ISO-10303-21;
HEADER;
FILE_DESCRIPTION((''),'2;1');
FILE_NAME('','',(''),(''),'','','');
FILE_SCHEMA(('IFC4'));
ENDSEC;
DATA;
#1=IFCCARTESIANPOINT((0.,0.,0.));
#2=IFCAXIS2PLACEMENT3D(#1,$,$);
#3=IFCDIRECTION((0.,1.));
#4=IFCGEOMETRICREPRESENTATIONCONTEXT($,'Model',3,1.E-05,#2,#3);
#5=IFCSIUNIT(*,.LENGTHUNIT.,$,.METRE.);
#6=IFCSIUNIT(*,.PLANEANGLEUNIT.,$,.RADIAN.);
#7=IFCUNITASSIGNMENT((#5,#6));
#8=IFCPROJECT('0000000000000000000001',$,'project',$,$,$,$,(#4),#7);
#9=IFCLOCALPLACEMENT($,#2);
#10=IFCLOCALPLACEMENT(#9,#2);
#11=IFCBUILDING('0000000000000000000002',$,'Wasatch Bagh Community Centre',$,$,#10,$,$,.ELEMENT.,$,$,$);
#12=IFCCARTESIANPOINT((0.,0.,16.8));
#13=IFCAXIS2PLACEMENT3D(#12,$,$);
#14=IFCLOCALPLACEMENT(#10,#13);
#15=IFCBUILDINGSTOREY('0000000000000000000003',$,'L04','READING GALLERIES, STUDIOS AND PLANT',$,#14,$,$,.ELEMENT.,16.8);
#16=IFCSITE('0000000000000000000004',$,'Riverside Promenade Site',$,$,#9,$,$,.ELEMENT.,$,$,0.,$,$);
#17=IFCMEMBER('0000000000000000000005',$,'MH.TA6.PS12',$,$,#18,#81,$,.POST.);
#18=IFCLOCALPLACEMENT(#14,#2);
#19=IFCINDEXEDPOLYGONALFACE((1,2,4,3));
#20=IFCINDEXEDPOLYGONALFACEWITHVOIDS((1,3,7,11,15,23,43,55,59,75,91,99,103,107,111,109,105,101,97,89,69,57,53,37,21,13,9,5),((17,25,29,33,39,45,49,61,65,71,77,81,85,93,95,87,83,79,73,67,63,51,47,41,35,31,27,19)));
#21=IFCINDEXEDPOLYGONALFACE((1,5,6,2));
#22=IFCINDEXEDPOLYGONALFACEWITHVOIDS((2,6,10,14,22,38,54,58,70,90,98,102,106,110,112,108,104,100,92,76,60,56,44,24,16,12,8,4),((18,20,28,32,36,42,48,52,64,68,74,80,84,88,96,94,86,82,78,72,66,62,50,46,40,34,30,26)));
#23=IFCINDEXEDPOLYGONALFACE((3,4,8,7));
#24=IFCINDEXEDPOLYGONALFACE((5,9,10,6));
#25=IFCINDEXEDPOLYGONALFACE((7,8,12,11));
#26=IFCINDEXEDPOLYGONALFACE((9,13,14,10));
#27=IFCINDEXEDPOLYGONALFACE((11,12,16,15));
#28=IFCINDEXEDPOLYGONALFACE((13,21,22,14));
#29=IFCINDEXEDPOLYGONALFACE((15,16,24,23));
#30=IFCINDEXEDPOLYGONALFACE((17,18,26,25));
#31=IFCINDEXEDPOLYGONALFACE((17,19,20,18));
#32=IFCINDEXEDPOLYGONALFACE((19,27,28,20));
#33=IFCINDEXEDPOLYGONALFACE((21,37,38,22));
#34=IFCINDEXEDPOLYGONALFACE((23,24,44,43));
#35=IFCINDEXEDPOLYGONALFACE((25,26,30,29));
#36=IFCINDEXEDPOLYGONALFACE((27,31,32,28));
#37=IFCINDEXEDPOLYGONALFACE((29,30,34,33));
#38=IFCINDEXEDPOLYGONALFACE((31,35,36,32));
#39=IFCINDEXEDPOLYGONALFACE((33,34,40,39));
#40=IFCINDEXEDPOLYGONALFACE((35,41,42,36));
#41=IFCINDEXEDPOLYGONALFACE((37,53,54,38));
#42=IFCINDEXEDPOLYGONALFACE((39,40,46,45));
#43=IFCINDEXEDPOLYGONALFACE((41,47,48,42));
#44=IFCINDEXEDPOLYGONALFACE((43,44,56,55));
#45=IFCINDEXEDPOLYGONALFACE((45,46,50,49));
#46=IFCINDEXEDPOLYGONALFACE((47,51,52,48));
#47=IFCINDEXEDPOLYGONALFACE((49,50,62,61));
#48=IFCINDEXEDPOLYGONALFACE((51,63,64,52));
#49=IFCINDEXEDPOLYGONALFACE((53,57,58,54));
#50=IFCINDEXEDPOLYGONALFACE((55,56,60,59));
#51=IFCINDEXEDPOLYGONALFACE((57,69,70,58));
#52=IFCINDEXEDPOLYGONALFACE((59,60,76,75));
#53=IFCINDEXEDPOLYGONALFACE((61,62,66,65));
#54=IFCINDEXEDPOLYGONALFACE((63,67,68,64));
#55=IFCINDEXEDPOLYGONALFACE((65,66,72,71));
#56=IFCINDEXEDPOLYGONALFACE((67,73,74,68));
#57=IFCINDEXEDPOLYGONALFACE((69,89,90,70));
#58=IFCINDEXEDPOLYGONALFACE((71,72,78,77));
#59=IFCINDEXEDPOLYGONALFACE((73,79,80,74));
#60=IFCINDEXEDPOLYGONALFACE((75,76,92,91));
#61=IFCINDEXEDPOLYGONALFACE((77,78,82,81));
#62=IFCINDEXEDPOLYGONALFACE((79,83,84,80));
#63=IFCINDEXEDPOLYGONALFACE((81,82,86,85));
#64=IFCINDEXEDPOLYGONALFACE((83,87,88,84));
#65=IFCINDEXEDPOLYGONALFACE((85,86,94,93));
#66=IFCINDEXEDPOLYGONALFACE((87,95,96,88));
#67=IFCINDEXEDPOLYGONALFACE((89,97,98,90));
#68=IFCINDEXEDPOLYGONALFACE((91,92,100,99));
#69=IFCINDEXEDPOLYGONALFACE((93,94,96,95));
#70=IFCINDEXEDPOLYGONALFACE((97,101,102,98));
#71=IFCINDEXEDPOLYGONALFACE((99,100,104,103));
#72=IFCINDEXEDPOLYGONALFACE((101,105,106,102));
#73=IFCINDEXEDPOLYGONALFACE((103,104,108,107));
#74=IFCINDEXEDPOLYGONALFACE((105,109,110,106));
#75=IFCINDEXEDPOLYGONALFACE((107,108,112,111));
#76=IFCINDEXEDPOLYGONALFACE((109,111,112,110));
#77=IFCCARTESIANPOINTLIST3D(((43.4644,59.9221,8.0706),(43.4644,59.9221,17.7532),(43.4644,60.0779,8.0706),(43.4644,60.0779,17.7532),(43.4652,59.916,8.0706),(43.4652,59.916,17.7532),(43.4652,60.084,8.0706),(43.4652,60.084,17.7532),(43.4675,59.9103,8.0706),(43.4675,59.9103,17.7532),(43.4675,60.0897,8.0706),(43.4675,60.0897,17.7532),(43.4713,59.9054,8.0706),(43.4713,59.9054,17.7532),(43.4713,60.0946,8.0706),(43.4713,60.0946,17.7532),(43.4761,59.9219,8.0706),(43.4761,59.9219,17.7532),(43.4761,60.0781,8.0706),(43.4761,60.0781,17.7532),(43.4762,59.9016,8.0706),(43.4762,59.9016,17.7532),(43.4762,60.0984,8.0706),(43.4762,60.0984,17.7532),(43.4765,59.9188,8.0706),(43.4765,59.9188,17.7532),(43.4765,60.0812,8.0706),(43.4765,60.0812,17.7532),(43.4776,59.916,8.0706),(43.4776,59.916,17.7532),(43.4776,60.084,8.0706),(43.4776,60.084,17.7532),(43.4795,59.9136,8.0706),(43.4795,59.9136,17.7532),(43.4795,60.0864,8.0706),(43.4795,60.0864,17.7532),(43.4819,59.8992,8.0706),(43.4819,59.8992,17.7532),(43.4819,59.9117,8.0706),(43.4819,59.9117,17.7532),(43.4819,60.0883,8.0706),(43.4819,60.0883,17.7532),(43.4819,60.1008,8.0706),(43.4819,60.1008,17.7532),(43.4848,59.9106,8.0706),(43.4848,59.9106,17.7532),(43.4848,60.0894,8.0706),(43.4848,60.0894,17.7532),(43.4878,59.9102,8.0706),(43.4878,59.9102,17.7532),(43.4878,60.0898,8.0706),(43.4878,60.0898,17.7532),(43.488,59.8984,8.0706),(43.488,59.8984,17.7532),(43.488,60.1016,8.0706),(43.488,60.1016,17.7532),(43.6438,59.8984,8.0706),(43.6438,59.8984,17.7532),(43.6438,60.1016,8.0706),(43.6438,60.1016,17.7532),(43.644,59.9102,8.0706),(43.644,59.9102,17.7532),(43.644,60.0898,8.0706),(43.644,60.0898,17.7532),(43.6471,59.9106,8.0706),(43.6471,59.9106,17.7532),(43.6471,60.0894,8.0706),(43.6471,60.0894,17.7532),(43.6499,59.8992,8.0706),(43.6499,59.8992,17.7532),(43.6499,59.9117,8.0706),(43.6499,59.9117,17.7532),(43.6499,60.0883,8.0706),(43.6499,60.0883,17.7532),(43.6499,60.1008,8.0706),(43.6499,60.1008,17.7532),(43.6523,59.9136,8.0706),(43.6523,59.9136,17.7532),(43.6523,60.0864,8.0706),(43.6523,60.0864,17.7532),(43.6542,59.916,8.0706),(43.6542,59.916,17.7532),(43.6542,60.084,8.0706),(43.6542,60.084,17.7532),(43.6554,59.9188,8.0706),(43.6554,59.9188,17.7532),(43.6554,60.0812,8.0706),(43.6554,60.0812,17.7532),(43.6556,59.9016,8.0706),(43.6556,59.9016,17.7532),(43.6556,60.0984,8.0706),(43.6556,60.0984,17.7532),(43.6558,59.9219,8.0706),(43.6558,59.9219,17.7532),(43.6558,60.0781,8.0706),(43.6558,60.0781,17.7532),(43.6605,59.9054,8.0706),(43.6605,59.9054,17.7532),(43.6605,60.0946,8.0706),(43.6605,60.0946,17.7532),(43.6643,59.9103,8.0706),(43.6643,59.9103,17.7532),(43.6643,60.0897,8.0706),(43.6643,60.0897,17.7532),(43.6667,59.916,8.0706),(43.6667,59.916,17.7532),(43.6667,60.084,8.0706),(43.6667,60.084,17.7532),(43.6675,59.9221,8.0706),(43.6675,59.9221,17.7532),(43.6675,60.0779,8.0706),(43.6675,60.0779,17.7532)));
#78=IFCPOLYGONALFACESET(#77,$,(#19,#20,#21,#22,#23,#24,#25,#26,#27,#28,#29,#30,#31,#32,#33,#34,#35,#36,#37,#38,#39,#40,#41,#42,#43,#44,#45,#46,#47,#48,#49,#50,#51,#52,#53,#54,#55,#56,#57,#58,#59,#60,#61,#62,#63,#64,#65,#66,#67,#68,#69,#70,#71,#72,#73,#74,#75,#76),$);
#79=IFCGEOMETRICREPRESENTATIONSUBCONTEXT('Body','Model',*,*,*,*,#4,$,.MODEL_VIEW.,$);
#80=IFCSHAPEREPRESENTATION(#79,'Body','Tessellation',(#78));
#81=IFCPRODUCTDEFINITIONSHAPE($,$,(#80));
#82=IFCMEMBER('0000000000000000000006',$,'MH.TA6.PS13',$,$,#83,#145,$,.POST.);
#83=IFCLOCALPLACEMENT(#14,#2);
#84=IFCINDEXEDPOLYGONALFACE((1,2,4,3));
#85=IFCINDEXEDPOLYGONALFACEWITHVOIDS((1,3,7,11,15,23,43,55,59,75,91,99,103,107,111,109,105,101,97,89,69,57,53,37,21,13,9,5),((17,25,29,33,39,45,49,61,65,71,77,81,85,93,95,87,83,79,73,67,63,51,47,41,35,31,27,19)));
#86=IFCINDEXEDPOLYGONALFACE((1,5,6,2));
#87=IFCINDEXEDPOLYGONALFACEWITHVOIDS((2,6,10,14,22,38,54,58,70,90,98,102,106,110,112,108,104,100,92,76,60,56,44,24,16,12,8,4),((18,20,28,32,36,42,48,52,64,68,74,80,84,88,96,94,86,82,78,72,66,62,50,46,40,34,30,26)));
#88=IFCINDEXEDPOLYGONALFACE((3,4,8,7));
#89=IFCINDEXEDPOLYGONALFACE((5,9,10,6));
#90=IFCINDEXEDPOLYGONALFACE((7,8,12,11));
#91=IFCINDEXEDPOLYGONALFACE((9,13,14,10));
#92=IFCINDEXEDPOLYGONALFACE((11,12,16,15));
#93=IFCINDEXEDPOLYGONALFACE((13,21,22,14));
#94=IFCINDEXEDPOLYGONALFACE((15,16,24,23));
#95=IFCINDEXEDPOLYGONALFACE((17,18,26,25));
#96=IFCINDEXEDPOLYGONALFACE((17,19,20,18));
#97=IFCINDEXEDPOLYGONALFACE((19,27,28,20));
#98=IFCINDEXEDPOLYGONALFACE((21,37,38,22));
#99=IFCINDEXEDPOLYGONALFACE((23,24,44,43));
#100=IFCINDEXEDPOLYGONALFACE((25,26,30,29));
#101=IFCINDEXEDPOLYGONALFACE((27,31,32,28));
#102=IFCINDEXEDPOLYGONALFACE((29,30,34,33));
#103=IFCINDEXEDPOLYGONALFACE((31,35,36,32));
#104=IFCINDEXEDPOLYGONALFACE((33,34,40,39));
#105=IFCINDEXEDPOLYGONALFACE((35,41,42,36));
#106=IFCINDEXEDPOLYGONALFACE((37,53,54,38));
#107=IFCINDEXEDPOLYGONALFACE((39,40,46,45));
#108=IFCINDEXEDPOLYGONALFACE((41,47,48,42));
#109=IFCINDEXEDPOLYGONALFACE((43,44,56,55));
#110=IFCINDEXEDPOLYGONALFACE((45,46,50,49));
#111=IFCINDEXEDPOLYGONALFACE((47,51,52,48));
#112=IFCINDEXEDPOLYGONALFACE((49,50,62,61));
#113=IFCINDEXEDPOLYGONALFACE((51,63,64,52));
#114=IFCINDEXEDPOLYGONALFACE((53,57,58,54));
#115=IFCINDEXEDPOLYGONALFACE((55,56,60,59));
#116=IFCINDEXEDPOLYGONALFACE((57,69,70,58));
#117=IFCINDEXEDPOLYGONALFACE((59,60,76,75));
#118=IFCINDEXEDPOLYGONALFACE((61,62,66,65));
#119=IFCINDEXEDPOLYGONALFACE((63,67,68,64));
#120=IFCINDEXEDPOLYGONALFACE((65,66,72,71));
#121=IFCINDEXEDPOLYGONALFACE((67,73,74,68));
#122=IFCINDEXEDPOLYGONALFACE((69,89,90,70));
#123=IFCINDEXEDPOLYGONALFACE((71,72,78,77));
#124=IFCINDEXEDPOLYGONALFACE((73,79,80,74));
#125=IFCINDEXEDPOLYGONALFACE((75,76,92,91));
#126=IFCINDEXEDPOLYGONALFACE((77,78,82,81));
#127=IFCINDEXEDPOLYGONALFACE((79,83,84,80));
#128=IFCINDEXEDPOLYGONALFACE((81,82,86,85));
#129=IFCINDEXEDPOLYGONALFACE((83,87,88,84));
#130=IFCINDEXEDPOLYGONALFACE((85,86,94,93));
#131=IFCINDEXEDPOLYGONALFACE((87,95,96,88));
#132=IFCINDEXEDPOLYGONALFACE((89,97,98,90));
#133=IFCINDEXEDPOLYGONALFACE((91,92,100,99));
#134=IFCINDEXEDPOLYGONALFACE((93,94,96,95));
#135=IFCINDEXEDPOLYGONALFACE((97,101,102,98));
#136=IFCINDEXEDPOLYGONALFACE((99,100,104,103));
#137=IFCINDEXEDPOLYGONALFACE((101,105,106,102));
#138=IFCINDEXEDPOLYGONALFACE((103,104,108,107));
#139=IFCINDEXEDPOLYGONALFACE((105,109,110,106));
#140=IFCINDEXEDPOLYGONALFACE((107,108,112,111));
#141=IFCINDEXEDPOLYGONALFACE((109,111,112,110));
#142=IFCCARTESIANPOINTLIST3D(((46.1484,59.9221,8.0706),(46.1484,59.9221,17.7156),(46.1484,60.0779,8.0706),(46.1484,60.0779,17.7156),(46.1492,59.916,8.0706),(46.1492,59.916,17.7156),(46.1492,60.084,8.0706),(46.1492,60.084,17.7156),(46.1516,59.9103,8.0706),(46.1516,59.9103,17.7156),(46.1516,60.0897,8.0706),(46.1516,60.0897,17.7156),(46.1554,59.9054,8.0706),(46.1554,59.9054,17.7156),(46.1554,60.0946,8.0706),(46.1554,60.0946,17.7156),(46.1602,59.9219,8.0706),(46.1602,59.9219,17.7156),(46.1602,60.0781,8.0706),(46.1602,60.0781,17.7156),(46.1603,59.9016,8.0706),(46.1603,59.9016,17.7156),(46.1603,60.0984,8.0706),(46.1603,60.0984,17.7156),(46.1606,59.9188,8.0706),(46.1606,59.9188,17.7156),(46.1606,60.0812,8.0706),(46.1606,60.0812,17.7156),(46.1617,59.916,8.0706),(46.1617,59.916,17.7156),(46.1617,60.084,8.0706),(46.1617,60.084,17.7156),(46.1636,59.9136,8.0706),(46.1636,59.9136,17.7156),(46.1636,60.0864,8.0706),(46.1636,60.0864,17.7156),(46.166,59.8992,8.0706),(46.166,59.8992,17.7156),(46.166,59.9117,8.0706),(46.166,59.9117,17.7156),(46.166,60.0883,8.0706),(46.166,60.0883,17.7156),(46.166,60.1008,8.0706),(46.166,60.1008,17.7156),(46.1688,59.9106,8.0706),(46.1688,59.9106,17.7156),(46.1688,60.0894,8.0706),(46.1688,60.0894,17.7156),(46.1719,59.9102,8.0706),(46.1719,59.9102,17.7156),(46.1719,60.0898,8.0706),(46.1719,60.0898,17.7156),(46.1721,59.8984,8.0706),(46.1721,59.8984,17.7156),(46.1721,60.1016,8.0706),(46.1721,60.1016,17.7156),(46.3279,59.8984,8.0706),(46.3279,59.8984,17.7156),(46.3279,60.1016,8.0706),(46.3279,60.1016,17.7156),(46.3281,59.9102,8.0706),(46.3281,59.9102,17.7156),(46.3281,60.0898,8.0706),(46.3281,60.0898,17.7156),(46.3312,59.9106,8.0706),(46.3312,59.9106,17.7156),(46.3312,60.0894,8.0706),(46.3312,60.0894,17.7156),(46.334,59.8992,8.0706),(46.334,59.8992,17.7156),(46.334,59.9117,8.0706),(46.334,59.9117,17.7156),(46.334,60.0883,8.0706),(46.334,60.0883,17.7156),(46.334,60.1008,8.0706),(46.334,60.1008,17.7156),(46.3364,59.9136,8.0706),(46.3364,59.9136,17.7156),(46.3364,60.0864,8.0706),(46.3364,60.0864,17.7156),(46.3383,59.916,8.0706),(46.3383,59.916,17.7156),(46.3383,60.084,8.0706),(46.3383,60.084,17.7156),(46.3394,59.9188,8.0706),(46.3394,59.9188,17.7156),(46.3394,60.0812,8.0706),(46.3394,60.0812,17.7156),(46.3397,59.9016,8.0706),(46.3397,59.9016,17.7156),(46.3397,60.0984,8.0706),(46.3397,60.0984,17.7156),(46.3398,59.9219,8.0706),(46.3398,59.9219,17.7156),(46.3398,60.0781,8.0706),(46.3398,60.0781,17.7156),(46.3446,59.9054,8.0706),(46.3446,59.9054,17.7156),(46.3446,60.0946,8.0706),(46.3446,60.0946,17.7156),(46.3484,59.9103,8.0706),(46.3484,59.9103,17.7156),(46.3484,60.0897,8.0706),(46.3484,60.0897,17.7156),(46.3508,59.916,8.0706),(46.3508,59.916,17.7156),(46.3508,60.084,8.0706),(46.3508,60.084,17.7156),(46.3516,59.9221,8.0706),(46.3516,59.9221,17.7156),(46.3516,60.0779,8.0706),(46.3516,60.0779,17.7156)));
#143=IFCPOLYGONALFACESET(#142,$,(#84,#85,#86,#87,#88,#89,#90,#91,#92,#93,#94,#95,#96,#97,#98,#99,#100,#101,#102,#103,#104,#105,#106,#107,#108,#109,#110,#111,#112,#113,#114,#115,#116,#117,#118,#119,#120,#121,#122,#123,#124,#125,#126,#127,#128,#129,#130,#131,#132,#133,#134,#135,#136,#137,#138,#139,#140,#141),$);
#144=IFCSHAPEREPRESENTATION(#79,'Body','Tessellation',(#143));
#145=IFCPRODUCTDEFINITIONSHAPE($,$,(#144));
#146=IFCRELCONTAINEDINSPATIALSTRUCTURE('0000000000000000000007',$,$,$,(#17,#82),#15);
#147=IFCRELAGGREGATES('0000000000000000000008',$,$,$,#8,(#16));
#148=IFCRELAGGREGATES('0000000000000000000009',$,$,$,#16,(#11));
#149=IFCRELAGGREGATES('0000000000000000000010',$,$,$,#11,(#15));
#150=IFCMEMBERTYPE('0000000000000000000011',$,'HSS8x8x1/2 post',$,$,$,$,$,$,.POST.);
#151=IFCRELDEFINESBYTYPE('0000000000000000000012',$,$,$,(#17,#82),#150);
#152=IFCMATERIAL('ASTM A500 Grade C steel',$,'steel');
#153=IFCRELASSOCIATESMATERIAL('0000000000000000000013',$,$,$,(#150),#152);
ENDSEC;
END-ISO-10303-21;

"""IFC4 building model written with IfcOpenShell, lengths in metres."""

from ifc_helpers import new_model, si_unit, direction, frame, origin, origin_2d, place, context, subcontext, project, spatial, hollow_rectangle, extrude, material, material_profile, profile_set, type_object, element, save


model = new_model("IFC4")

# Units and contexts
model_context = context("Model", 3, precision=1e-05, world=origin(), true_north=direction((0.0, 1.0)))
body_context = subcontext(model_context, "Body", "Model", "MODEL_VIEW")
ifc_project = project(units=[si_unit("LENGTHUNIT", "METRE"), si_unit("PLANEANGLEUNIT", "RADIAN")], contexts=[model_context])

# Site, building, storey
site_placement = place(None, origin())
site = spatial("IfcSite", under=ifc_project, at=site_placement, Name="Riverside Promenade Site", CompositionType="ELEMENT", RefElevation=0.0)
building_placement = place(site_placement, origin())
building = spatial("IfcBuilding", under=site, at=building_placement, Name="Wasatch Bagh Community Centre", CompositionType="ELEMENT")
storey_placement = place(building_placement, frame((0.0, 0.0, 16.8)))
storey = spatial("IfcBuildingStorey", under=building, at=storey_placement, Name="L04", Description="READING GALLERIES, STUDIOS AND PLANT", CompositionType="ELEMENT", Elevation=16.8)

# Members
ifc_material_1 = material(Name="ASTM A500 Grade C steel", Category="steel")
ifc_material_profile_1 = material_profile(ifc_material_1, hollow_rectangle(XDim=0.2031, YDim=0.2031, WallThickness=0.0117, InnerFilletRadius=0.0117, OuterFilletRadius=0.0237, at=origin_2d()), Name="HSS8x8x1/2")
ifc_profile_set_1 = profile_set([ifc_material_profile_1], Name="ASTM A500 Grade C steel")
member_type_1 = type_object("IfcMemberType", Name="HSS8x8x1/2 post", PredefinedType="POST", material=ifc_profile_set_1)
member_1_placement = place(storey_placement, frame((43.5659, 60.0, 8.0706), z_axis=(0.0, 0.0, 1.0), x_axis=(1.0, 0.0, 0.0)))
element("IfcMember", 1, at=member_1_placement, inside=storey, type_object=member_type_1, Name="MH.TA6.PS12", PredefinedType="POST", context=body_context, shape_type="SweptSolid", body=[
    extrude(hollow_rectangle(XDim=0.2031, YDim=0.2031, WallThickness=0.0117, InnerFilletRadius=0.0117, OuterFilletRadius=0.0237, at=origin_2d()), origin(), (0.0, 0.0, 1.0), 9.6826),
])
member_2_placement = place(storey_placement, frame((46.25, 60.0, 8.0706), z_axis=(0.0, 0.0, 1.0), x_axis=(1.0, 0.0, 0.0)))
element("IfcMember", 2, at=member_2_placement, inside=storey, type_object=member_type_1, Name="MH.TA6.PS13", PredefinedType="POST", context=body_context, shape_type="SweptSolid", body=[
    extrude(hollow_rectangle(XDim=0.2031, YDim=0.2031, WallThickness=0.0117, InnerFilletRadius=0.0117, OuterFilletRadius=0.0237, at=origin_2d()), origin(), (0.0, 0.0, 1.0), 9.645),
])

save(model, "model.ifc")
